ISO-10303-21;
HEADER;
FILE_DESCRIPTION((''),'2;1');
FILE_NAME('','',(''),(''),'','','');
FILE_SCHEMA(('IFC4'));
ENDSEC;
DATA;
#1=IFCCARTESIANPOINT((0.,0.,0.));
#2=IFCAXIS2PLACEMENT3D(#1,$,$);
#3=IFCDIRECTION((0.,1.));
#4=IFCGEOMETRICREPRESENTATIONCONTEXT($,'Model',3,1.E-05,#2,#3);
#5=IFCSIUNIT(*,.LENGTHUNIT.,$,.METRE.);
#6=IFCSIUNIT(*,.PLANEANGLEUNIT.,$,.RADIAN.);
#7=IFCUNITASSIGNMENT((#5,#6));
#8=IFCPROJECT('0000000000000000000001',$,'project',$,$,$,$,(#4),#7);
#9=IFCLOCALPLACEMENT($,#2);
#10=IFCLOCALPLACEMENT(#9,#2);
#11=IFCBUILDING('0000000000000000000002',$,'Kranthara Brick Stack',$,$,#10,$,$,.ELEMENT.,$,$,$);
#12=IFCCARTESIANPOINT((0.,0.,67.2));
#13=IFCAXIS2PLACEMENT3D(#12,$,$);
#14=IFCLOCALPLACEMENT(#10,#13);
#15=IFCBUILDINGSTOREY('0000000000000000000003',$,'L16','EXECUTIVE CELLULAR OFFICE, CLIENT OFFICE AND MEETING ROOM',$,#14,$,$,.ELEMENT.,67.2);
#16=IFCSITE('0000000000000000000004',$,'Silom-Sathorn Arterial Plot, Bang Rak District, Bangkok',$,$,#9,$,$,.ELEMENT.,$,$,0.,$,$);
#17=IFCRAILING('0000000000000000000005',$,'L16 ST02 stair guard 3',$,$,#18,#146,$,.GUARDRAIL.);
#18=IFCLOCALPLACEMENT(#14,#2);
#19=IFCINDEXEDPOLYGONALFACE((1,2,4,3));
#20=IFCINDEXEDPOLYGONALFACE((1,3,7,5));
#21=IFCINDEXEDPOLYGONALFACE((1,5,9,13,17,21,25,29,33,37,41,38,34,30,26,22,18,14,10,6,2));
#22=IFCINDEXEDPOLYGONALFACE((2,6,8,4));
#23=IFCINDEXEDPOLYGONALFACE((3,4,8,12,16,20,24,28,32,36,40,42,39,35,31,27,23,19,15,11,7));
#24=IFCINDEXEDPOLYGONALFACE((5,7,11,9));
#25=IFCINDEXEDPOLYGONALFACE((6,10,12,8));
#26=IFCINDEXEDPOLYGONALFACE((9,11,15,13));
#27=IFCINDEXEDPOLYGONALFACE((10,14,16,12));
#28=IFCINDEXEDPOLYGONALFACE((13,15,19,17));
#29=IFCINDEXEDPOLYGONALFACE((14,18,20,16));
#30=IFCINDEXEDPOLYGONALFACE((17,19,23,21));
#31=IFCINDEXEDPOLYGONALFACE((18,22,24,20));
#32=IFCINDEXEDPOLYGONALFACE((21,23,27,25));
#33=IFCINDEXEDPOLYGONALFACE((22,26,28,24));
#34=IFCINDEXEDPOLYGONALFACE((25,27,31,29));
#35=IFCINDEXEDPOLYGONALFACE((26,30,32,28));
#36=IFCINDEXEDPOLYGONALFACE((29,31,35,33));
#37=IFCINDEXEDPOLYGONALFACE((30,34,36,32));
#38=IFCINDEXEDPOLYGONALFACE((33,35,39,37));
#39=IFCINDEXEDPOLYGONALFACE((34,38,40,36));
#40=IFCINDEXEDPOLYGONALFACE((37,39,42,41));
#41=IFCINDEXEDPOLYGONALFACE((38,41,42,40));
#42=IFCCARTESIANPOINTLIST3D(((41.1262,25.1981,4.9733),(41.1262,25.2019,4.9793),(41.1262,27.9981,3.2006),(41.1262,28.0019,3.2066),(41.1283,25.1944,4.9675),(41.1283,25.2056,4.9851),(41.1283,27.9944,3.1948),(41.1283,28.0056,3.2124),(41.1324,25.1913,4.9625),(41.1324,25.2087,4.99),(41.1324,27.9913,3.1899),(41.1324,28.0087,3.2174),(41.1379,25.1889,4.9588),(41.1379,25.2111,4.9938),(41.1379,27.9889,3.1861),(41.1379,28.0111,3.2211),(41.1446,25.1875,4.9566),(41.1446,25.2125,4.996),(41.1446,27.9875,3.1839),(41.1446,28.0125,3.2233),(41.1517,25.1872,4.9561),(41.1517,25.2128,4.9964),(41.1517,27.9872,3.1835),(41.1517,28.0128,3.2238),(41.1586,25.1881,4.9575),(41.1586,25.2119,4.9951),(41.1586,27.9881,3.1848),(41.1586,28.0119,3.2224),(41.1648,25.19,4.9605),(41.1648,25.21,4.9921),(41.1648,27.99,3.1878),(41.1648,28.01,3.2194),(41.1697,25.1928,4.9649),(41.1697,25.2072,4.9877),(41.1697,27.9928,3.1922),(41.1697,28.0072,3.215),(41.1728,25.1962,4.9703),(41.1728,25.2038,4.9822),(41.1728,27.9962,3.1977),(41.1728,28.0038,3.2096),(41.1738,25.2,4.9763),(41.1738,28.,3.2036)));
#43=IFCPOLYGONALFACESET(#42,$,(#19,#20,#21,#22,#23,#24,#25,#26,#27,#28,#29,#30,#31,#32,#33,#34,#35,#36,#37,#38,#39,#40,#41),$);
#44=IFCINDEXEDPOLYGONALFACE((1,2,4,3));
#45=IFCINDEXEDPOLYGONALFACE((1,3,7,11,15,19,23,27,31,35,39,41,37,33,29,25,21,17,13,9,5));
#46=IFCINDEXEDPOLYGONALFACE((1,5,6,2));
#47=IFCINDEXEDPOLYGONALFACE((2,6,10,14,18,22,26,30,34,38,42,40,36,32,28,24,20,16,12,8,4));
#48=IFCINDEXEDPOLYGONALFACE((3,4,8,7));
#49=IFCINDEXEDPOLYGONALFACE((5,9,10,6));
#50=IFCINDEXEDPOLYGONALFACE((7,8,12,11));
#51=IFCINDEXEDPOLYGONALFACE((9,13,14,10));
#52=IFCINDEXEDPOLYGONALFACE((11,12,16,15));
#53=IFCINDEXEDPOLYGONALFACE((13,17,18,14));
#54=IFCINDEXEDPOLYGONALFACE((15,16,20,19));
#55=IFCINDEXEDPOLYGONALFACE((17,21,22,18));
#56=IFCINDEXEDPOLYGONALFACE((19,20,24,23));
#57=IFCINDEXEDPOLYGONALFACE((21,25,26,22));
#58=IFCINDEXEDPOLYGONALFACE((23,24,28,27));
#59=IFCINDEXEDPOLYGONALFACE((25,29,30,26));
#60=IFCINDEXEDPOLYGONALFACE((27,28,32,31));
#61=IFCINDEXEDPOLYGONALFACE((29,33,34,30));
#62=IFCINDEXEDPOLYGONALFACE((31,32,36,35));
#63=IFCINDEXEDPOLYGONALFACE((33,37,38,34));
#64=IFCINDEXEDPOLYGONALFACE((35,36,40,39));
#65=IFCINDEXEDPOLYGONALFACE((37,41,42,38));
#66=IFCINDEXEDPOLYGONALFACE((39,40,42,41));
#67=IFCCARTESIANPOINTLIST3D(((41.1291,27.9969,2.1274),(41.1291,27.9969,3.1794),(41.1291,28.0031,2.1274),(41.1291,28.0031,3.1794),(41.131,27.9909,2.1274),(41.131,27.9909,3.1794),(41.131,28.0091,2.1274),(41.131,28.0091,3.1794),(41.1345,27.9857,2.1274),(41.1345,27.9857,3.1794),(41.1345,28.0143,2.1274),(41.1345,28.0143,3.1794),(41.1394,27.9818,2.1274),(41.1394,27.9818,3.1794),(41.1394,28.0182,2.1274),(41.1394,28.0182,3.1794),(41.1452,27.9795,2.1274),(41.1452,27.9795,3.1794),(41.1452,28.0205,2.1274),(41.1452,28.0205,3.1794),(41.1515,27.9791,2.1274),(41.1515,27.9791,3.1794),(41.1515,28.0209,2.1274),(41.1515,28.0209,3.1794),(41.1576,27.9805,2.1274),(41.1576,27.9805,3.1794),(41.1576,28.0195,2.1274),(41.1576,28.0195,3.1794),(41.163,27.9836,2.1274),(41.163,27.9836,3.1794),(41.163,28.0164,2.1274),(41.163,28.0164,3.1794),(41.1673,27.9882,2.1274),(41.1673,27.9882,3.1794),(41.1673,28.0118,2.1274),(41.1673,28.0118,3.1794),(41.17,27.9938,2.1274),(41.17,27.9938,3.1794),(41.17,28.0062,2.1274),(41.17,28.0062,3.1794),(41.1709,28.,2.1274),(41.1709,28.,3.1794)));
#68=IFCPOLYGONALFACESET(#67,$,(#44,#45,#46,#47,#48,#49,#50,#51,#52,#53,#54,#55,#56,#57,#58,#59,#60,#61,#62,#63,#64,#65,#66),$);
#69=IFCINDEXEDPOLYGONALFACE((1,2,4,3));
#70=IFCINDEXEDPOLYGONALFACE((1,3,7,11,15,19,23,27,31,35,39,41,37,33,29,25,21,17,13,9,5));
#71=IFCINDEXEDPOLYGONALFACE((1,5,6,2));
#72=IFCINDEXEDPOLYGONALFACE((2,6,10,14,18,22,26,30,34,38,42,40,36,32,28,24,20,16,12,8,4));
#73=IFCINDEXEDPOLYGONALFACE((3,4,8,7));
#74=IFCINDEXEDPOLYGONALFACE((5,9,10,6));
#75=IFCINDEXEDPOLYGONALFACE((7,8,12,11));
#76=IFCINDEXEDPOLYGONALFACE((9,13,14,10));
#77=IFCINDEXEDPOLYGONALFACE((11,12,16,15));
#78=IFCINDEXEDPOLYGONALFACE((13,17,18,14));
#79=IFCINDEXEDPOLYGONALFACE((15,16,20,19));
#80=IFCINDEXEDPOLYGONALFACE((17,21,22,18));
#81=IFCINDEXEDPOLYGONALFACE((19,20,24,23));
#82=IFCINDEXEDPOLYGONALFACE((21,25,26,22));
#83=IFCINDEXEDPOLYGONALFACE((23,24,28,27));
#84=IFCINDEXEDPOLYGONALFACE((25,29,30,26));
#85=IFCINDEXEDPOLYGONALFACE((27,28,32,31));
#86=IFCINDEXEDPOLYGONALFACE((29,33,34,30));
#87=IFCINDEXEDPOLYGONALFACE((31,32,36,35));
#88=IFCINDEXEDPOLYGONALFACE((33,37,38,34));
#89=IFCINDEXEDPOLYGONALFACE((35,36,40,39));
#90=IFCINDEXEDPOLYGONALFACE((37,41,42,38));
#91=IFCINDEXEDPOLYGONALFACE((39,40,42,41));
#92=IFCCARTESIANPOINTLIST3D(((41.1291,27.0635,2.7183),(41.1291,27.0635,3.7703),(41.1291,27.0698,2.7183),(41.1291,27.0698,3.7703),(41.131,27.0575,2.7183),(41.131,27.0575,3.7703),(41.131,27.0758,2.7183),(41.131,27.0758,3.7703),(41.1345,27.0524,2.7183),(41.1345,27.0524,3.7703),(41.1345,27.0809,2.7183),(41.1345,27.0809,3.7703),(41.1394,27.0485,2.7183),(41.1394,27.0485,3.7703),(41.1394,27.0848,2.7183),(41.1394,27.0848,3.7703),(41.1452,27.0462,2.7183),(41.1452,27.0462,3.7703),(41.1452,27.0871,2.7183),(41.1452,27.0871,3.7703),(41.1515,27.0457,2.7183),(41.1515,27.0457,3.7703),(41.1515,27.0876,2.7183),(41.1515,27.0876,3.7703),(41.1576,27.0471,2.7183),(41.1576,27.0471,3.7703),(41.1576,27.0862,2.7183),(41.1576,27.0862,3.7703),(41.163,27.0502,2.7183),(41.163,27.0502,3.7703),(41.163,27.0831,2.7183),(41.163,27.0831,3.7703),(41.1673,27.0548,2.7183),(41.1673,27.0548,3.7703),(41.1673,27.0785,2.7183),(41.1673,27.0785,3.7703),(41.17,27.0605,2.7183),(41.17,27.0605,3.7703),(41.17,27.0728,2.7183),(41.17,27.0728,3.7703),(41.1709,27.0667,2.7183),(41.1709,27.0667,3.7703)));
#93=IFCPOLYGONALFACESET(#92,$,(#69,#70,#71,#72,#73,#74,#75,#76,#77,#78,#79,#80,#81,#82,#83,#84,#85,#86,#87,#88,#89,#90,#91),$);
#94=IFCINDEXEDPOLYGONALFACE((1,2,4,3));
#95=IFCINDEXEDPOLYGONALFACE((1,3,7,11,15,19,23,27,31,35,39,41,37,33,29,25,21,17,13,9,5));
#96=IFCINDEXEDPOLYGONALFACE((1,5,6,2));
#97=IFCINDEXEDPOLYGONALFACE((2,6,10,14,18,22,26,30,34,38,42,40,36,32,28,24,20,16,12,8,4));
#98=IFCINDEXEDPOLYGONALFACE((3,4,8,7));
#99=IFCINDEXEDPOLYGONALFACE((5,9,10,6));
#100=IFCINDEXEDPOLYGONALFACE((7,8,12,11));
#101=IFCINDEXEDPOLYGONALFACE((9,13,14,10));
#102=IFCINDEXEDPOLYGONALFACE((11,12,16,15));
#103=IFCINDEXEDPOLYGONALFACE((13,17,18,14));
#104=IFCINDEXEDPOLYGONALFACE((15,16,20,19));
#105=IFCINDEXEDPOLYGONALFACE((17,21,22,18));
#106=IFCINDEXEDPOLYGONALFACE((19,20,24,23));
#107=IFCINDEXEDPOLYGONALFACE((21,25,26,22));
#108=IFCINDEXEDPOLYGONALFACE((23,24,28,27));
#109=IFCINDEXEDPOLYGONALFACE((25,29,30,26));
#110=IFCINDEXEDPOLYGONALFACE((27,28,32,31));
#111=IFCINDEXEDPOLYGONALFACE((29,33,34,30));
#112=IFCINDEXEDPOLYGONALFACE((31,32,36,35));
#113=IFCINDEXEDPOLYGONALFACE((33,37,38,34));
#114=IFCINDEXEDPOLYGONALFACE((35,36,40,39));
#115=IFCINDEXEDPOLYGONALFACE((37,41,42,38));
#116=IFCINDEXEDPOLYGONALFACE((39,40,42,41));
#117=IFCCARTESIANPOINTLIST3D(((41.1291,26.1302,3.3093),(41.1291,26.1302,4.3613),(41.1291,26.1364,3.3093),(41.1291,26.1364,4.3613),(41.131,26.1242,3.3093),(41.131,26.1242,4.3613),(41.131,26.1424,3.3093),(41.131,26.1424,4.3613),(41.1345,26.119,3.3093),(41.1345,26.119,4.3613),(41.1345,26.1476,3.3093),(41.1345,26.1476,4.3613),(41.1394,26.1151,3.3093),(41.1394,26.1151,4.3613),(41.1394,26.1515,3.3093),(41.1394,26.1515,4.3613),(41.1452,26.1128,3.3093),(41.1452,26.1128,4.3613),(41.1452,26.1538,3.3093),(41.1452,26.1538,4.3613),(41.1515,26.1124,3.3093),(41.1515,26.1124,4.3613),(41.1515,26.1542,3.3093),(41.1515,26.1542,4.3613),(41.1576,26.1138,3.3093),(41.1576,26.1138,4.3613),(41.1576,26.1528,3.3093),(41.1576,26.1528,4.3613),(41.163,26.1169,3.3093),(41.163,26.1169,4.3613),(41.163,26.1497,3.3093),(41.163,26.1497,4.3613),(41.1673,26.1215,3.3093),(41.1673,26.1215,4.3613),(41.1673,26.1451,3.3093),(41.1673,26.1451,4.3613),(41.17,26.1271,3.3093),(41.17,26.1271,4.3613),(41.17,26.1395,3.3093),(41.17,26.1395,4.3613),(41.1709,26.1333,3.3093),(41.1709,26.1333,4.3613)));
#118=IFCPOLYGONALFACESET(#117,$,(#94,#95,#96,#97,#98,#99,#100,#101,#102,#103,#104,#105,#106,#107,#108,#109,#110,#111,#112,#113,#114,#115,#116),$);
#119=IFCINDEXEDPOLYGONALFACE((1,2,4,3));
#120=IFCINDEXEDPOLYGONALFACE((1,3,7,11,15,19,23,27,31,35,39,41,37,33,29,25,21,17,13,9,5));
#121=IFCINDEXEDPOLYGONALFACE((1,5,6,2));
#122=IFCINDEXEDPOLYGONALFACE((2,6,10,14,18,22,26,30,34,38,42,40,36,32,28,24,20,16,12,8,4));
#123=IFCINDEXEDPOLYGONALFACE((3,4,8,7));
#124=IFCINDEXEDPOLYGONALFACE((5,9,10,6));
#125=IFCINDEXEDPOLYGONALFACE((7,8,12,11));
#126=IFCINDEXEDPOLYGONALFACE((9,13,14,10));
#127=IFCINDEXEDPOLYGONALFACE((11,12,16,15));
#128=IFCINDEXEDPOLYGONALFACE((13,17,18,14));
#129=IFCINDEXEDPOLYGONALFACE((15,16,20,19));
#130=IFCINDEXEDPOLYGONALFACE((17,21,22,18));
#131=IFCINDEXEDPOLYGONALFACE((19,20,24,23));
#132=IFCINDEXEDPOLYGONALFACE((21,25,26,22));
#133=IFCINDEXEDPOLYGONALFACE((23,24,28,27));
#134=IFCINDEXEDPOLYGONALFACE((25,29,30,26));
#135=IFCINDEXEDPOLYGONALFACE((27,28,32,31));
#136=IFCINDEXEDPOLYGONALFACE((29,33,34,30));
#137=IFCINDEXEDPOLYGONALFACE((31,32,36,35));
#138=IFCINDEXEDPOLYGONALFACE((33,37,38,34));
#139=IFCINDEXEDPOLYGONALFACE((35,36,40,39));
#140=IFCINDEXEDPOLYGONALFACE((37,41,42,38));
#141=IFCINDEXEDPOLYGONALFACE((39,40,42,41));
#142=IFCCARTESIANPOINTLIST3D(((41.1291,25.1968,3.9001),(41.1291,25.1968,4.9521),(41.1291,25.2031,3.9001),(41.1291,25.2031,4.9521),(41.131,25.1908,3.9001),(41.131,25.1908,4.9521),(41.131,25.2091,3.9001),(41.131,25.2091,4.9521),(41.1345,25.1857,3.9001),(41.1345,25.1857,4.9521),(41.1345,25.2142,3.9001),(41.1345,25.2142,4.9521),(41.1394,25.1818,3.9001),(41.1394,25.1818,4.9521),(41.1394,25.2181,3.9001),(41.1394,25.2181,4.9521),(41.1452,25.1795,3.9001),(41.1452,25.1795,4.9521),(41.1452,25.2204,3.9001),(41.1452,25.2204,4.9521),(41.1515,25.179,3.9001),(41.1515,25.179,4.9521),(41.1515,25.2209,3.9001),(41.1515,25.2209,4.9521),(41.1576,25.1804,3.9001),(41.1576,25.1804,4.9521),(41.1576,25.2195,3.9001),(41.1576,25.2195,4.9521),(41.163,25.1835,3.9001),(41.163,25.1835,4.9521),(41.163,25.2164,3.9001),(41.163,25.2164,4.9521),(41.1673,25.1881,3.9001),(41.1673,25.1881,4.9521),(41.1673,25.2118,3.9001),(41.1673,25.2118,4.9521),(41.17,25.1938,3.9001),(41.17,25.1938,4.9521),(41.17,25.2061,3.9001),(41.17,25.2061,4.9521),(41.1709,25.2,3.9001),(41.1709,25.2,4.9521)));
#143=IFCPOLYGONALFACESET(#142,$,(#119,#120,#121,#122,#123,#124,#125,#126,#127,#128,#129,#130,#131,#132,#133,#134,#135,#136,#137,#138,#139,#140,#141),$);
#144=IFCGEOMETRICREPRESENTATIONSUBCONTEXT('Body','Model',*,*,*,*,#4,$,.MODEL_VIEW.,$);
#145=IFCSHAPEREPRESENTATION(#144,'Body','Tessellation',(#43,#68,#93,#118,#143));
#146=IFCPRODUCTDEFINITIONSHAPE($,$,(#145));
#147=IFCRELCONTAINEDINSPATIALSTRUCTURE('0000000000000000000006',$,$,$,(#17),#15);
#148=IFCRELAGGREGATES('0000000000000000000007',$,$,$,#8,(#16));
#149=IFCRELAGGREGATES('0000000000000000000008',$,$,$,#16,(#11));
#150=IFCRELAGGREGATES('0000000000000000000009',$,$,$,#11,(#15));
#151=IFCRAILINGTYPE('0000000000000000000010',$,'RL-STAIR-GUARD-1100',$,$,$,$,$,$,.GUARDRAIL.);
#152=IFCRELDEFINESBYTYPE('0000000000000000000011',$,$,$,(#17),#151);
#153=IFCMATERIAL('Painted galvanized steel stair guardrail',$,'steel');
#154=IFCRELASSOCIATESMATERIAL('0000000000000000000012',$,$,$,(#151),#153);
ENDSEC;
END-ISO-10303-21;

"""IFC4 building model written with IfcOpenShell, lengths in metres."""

from ifc_helpers import new_model, si_unit, direction, frame, origin, origin_2d, place, context, subcontext, project, spatial, circle, extrude, material, type_object, element, save


model = new_model("IFC4")

# Units and contexts
model_context = context("Model", 3, precision=1e-05, world=origin(), true_north=direction((0.0, 1.0)))
body_context = subcontext(model_context, "Body", "Model", "MODEL_VIEW")
ifc_project = project(units=[si_unit("LENGTHUNIT", "METRE"), si_unit("PLANEANGLEUNIT", "RADIAN")], contexts=[model_context])

# Site, building, storey
site_placement = place(None, origin())
site = spatial("IfcSite", under=ifc_project, at=site_placement, Name="Silom-Sathorn Arterial Plot, Bang Rak District, Bangkok", CompositionType="ELEMENT", RefElevation=0.0)
building_placement = place(site_placement, origin())
building = spatial("IfcBuilding", under=site, at=building_placement, Name="Kranthara Brick Stack", CompositionType="ELEMENT")
storey_placement = place(building_placement, frame((0.0, 0.0, 67.2)))
storey = spatial("IfcBuildingStorey", under=building, at=storey_placement, Name="L16", Description="EXECUTIVE CELLULAR OFFICE, CLIENT OFFICE AND MEETING ROOM", CompositionType="ELEMENT", Elevation=67.2)

# Railing
ifc_material_1 = material(Name="Painted galvanized steel stair guardrail", Category="steel")
railing_type = type_object("IfcRailingType", Name="RL-STAIR-GUARD-1100", PredefinedType="GUARDRAIL", material=ifc_material_1)
railing_1_placement = place(storey_placement, frame((41.1499, 28.0, 2.1274)))
element("IfcRailing", 1, at=railing_1_placement, inside=storey, type_object=railing_type, Name="L16 ST02 stair guard 3", PredefinedType="GUARDRAIL", context=body_context, shape_type="SweptSolid", body=[
    extrude(circle(Radius=0.0239, at=origin_2d()), frame((0.0, 0.0, 1.0762), z_axis=(0.0, -0.844909, 0.53491), x_axis=(1.0, 0.0, 0.0)), (0.0, 0.0, 1.0), 3.314),
    extrude(circle(Radius=0.021, at=origin_2d()), origin(), (0.0, 0.0, 1.0), 1.052),
    extrude(circle(Radius=0.021, at=origin_2d()), frame((0.0, -0.9333, 0.5908)), (0.0, 0.0, 1.0), 1.052),
    extrude(circle(Radius=0.021, at=origin_2d()), frame((0.0, -1.8667, 1.1819)), (0.0, 0.0, 1.0), 1.052),
    extrude(circle(Radius=0.021, at=origin_2d()), frame((0.0, -2.8, 1.7727)), (0.0, 0.0, 1.0), 1.052),
])

save(model, "model.ifc")
